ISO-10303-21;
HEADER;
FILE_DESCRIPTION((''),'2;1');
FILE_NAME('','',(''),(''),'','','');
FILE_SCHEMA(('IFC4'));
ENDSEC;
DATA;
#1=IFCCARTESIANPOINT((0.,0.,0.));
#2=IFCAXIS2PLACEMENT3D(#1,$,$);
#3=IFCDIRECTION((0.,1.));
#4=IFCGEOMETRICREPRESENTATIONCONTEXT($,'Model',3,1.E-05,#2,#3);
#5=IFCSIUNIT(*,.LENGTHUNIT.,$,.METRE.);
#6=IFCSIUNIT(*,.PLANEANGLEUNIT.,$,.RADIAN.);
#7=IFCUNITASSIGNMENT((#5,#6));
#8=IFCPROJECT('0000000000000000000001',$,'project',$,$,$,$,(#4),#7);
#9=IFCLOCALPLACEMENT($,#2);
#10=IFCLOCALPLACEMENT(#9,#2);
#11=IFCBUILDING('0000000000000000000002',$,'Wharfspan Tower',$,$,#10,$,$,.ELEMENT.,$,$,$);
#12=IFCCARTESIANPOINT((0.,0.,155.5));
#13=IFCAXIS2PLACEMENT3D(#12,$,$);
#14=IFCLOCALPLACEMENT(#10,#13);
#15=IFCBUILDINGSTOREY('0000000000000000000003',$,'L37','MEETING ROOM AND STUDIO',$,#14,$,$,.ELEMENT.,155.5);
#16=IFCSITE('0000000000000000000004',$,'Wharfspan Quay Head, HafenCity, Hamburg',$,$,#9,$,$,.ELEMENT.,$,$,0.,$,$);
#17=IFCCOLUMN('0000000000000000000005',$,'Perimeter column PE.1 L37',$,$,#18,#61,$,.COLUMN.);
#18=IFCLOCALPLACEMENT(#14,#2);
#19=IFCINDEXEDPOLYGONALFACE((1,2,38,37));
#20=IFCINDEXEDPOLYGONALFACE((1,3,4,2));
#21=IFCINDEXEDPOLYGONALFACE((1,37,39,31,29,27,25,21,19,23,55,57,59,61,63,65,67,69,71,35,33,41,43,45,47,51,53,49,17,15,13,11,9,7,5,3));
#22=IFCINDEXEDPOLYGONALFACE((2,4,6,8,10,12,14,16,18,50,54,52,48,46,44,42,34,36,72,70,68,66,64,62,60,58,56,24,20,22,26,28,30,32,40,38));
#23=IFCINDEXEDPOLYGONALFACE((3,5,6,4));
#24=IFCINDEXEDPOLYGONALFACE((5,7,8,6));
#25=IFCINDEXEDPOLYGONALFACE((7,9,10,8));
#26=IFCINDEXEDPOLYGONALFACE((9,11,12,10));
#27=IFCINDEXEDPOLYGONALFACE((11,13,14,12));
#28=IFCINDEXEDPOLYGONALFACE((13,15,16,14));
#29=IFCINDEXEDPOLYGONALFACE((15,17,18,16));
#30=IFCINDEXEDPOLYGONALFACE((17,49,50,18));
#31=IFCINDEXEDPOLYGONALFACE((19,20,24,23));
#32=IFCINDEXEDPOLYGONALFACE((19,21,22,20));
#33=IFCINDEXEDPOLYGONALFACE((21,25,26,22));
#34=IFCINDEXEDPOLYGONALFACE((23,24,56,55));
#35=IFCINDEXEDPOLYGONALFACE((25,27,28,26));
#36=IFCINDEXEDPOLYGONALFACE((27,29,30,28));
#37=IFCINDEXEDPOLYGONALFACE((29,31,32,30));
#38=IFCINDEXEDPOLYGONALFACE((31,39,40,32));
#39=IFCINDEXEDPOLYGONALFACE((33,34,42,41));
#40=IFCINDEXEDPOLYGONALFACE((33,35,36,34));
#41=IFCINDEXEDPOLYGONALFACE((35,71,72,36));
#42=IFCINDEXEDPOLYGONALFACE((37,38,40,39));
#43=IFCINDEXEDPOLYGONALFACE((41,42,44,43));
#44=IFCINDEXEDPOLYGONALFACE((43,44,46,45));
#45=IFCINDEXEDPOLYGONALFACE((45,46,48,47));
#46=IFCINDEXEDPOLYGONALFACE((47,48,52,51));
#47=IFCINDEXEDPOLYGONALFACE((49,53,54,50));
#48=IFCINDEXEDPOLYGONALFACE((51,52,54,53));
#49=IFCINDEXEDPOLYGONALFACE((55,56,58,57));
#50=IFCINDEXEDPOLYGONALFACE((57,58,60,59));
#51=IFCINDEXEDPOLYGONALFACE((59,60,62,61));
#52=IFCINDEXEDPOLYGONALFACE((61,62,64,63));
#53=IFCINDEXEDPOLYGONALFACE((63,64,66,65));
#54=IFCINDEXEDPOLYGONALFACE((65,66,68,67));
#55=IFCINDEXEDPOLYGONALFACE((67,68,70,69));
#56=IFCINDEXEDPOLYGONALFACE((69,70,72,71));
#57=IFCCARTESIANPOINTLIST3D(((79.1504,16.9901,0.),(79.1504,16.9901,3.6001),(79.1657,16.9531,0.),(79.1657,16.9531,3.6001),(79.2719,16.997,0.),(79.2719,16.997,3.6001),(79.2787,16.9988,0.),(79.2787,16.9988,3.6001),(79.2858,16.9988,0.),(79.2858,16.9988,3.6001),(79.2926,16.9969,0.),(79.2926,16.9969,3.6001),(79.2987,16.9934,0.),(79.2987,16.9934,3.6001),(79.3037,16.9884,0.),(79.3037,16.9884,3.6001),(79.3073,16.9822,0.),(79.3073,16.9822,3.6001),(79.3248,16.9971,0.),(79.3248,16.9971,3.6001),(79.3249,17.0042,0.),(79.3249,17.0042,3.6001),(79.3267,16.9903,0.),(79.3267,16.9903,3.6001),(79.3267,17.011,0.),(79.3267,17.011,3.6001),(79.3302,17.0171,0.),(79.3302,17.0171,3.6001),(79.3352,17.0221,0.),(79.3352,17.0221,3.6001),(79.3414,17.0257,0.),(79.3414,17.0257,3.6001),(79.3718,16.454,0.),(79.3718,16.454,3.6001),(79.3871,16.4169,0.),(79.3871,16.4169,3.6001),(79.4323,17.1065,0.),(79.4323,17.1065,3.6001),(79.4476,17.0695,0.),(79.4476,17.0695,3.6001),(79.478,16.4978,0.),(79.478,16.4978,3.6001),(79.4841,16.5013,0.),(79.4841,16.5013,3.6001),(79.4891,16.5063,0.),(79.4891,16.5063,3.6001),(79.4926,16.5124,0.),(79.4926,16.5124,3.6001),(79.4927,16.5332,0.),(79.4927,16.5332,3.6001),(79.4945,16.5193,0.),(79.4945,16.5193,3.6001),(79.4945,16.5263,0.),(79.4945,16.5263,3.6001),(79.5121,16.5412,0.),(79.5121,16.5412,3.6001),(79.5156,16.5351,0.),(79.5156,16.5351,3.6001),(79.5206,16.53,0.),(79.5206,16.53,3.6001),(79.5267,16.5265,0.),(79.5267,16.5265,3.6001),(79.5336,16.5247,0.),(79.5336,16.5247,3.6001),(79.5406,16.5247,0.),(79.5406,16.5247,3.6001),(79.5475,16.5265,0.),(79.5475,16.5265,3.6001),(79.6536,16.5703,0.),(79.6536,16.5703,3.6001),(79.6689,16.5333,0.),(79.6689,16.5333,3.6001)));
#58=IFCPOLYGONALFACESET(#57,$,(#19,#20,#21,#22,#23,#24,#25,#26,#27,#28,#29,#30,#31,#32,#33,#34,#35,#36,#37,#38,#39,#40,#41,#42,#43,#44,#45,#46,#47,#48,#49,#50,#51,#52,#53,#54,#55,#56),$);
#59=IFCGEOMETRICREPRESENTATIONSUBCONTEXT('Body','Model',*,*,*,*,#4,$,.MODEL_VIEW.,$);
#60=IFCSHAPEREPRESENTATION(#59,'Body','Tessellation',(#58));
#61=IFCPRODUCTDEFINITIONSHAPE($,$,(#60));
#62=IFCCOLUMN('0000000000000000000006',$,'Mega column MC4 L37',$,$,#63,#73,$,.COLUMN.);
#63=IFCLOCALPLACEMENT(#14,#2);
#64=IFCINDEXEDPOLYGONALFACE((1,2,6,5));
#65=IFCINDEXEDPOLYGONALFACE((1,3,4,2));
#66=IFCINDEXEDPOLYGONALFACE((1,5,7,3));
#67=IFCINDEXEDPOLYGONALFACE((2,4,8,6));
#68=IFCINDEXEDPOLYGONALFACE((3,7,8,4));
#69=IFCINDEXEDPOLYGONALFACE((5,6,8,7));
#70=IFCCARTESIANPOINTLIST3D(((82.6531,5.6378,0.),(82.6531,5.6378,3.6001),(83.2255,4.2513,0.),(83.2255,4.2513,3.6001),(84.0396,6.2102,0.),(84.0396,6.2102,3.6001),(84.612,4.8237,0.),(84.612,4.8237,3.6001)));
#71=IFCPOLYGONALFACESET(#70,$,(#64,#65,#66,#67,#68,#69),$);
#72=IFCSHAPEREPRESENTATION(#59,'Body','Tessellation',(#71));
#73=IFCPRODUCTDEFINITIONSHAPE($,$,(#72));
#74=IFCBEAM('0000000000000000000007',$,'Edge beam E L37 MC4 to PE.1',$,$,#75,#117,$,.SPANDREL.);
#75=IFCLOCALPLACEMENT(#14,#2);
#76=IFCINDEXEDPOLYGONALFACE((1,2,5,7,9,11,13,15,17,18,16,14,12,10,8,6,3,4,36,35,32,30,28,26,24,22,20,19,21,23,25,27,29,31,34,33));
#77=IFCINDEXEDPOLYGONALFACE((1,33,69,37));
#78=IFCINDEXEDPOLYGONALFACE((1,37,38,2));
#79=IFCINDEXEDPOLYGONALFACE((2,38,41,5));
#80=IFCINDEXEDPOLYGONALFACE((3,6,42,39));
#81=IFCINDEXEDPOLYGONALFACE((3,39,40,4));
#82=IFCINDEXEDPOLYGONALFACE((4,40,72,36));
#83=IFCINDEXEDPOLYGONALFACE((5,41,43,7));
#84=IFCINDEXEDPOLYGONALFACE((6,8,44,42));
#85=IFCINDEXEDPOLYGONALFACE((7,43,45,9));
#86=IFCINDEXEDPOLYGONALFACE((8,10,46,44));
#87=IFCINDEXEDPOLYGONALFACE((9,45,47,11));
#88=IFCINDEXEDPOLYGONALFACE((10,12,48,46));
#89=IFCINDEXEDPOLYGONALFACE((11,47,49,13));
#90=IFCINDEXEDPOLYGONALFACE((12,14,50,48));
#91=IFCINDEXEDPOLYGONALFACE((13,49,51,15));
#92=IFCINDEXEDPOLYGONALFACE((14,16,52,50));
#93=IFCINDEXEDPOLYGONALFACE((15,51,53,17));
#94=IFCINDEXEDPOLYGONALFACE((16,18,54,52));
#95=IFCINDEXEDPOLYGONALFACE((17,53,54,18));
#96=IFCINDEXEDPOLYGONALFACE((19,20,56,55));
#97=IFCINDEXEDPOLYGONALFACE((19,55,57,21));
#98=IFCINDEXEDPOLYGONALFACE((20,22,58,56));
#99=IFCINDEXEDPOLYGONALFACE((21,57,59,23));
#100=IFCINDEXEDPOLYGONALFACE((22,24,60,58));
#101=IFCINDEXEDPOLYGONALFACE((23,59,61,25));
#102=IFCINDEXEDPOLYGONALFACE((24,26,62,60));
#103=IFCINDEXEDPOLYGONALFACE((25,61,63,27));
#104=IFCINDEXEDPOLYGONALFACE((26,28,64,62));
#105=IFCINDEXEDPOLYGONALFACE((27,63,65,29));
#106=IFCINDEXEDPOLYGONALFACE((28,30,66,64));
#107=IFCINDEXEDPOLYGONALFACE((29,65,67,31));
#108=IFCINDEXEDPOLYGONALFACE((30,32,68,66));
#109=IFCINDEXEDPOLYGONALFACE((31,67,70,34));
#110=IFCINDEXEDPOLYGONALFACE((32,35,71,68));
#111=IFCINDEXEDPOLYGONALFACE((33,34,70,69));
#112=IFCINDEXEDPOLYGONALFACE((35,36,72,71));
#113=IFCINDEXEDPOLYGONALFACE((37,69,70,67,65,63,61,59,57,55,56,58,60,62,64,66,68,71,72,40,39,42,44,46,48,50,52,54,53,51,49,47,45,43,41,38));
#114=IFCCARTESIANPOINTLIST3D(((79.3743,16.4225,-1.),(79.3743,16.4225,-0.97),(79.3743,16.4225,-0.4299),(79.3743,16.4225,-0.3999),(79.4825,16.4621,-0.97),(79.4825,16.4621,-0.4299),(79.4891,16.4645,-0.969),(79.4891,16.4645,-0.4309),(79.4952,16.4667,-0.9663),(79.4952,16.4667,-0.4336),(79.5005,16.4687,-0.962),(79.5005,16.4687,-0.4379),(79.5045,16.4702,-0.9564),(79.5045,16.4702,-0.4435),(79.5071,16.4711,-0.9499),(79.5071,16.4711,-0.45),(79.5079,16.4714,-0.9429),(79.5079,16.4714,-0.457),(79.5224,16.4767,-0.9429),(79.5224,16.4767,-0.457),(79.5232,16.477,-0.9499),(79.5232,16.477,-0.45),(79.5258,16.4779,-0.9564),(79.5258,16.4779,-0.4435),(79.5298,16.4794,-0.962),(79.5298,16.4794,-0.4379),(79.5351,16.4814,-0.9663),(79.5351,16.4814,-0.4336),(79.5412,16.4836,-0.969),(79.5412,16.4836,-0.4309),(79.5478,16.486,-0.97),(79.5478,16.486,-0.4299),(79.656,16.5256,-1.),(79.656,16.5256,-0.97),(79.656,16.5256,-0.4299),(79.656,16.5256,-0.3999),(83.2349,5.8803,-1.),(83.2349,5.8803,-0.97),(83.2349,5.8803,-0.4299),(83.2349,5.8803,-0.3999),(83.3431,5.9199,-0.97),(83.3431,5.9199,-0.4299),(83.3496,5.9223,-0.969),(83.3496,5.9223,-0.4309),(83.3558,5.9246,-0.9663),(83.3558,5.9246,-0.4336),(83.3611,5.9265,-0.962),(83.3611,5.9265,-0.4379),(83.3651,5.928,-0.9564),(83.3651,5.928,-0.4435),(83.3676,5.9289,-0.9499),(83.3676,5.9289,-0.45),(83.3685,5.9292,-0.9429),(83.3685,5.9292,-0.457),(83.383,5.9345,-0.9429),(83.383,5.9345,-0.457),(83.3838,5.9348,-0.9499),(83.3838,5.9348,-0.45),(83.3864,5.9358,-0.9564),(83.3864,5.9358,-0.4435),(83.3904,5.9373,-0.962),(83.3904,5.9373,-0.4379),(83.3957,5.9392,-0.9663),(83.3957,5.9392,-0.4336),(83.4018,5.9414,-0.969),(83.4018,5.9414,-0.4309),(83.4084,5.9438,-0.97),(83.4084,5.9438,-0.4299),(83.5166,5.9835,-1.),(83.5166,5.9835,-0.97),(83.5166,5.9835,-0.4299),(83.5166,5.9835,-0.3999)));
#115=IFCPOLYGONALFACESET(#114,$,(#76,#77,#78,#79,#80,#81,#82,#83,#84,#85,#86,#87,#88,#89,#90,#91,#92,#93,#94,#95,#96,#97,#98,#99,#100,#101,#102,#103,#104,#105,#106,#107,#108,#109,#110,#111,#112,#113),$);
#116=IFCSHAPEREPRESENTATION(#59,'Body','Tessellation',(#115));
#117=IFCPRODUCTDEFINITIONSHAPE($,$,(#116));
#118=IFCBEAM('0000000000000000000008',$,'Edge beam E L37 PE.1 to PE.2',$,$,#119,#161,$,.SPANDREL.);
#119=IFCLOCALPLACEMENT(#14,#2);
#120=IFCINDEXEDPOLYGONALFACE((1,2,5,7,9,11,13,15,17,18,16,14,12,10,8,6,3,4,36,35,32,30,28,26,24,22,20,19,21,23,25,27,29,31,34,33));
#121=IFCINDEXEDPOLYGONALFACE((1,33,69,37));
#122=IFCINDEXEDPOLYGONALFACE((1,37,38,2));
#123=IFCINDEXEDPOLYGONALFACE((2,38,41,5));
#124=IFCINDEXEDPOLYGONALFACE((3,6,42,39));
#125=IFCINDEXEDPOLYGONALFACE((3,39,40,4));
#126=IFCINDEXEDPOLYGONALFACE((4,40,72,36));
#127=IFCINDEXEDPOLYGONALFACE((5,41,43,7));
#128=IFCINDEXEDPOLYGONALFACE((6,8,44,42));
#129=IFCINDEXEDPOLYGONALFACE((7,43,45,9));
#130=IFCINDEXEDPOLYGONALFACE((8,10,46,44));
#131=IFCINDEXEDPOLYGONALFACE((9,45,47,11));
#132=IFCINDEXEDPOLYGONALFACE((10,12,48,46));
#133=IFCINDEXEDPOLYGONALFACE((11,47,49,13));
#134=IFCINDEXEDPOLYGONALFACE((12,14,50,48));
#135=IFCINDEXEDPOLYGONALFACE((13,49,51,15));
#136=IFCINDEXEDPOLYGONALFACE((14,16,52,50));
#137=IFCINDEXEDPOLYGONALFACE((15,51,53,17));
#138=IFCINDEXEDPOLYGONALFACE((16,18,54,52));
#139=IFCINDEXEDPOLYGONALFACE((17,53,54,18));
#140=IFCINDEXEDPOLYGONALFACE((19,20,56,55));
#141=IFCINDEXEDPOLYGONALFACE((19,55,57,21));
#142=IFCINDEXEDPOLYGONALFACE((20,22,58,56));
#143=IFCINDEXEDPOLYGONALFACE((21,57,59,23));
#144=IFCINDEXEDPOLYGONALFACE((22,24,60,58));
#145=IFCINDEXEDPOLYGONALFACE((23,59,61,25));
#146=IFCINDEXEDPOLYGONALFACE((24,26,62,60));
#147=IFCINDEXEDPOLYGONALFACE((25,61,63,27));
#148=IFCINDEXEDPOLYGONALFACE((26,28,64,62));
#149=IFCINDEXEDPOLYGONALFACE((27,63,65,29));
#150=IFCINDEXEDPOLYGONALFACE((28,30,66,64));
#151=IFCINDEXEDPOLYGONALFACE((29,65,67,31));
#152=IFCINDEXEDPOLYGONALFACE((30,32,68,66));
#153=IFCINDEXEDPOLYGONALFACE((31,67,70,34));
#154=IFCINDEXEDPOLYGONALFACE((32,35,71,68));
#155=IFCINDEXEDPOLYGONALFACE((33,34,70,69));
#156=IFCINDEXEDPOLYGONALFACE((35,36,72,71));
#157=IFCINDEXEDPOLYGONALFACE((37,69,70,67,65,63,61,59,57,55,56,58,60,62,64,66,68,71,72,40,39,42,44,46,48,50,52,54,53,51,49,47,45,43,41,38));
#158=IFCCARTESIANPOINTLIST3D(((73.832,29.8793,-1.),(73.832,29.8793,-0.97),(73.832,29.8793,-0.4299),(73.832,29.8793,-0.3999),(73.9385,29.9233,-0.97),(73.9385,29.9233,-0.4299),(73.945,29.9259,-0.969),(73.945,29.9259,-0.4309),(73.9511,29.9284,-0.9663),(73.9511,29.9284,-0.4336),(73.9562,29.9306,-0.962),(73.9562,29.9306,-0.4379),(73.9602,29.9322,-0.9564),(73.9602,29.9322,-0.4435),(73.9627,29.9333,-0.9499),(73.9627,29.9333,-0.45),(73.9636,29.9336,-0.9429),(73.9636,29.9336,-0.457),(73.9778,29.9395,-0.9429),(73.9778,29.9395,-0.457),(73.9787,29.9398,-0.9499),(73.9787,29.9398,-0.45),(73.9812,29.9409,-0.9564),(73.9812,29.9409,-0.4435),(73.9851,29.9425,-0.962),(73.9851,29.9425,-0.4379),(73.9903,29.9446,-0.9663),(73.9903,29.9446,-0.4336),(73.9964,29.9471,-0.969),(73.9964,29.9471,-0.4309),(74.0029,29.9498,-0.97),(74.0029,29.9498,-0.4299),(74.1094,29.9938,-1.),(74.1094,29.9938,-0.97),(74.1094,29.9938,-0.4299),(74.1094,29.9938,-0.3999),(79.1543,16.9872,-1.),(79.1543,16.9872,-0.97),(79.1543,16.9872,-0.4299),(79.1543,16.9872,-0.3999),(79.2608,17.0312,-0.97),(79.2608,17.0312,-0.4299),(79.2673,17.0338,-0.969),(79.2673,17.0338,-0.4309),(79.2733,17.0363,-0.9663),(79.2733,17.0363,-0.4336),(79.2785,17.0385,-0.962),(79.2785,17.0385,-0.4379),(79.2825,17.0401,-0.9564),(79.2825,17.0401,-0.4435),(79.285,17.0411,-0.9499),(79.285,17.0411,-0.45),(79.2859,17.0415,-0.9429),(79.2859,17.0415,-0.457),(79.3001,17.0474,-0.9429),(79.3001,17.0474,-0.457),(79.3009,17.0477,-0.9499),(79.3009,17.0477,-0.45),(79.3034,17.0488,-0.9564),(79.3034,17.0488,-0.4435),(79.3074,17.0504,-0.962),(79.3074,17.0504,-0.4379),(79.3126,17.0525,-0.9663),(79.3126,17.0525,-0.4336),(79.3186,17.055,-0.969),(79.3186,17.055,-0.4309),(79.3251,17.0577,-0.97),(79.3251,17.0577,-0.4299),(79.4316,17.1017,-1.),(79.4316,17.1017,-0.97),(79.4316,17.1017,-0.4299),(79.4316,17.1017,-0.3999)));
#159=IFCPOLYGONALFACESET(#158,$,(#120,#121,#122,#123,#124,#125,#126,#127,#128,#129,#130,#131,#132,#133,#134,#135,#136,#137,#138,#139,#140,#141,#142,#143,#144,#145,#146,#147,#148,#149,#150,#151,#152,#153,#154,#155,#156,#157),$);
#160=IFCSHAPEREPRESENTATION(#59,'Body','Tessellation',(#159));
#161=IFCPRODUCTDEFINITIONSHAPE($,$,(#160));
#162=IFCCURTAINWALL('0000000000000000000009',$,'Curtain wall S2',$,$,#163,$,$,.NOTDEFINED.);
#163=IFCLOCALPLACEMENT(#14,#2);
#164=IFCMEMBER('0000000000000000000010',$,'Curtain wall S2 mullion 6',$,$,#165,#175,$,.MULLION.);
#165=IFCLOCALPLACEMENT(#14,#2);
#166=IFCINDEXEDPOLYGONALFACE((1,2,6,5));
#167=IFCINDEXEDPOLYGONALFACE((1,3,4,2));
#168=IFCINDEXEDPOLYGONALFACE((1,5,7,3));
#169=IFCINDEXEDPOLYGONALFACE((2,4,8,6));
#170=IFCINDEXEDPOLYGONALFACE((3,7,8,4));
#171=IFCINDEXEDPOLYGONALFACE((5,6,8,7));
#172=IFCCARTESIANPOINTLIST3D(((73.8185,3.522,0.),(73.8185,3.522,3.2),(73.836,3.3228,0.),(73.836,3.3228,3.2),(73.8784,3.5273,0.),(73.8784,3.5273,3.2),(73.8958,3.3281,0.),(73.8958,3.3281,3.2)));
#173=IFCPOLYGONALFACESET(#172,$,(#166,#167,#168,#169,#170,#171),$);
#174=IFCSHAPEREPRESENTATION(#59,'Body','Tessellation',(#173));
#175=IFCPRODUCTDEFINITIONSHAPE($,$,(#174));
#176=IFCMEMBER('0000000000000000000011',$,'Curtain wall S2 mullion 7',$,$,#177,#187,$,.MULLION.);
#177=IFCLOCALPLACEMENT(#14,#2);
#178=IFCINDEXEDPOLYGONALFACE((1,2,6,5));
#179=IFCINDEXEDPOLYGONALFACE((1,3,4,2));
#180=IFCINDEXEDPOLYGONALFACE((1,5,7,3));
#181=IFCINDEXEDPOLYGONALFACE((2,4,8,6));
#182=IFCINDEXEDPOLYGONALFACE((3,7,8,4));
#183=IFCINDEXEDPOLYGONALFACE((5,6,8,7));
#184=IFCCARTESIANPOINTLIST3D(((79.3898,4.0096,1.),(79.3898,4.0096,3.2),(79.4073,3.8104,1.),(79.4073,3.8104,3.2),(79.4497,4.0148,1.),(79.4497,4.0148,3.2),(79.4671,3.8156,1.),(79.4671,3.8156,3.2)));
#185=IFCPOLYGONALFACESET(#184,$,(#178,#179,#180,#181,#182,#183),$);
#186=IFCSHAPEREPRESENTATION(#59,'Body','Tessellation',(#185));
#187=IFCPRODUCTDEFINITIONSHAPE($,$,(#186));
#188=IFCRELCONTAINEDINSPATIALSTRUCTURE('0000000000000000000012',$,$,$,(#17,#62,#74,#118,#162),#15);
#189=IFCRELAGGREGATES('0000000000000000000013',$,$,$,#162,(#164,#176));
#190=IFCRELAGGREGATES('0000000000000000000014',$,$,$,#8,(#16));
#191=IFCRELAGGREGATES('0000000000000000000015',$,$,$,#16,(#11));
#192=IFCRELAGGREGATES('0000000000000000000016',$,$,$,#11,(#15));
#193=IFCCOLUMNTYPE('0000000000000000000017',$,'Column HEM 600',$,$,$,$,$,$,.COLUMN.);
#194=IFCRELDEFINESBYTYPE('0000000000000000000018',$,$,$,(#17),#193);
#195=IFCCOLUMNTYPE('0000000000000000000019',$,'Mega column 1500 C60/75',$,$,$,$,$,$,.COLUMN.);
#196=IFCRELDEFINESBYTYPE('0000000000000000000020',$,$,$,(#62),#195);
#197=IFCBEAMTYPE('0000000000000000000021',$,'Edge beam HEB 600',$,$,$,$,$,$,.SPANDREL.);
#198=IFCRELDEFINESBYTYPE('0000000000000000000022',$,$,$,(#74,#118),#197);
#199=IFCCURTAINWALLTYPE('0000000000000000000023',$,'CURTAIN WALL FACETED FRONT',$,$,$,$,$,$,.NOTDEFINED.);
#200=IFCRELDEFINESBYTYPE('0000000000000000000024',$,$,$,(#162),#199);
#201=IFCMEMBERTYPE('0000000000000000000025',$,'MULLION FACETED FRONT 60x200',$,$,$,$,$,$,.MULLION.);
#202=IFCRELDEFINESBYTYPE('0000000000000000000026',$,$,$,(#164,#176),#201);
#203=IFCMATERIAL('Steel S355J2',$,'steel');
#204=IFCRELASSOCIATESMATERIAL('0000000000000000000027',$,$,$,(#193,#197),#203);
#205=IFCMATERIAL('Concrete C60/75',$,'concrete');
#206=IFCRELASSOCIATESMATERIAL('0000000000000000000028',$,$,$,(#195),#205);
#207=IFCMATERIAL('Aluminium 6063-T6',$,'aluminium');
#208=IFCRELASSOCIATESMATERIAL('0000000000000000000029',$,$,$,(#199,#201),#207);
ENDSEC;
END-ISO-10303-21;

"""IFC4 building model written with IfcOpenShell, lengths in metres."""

from ifc_helpers import new_model, si_unit, direction, frame, origin, origin_2d, place, context, subcontext, project, spatial, rectangle, i_section, extrude, material, material_profile, profile_set, type_object, element, aggregate, save


model = new_model("IFC4")

# Units and contexts
model_context = context("Model", 3, precision=1e-05, world=origin(), true_north=direction((0.0, 1.0)))
body_context = subcontext(model_context, "Body", "Model", "MODEL_VIEW")
ifc_project = project(units=[si_unit("LENGTHUNIT", "METRE"), si_unit("PLANEANGLEUNIT", "RADIAN")], contexts=[model_context])

# Site, building, storey
site_placement = place(None, origin())
site = spatial("IfcSite", under=ifc_project, at=site_placement, Name="Wharfspan Quay Head, HafenCity, Hamburg", CompositionType="ELEMENT", RefElevation=0.0)
building_placement = place(site_placement, origin())
building = spatial("IfcBuilding", under=site, at=building_placement, Name="Wharfspan Tower", CompositionType="ELEMENT")
storey_placement = place(building_placement, frame((0.0, 0.0, 155.5)))
storey = spatial("IfcBuildingStorey", under=building, at=storey_placement, Name="L37", Description="MEETING ROOM AND STUDIO", CompositionType="ELEMENT", Elevation=155.5)

# Columns
ifc_material_1 = material(Name="Steel S355J2", Category="steel")
ifc_material_profile_1 = material_profile(ifc_material_1, i_section(OverallWidth=0.3049, OverallDepth=0.6201, WebThickness=0.021, FlangeThickness=0.04, FilletRadius=0.0271, at=origin_2d()))
ifc_profile_set_1 = profile_set([ifc_material_profile_1], Name="Steel S355J2")
column_type_1 = type_object("IfcColumnType", Name="Column HEM 600", PredefinedType="COLUMN", material=ifc_profile_set_1)
column_1_placement = place(storey_placement, frame((79.4097, 16.7617, 0.0), z_axis=(0.0, 0.0, 1.0), x_axis=(0.924325, 0.381602, 0.0)))
element("IfcColumn", 1, at=column_1_placement, inside=storey, type_object=column_type_1, Name="Perimeter column PE.1 L37", PredefinedType="COLUMN", context=body_context, shape_type="SweptSolid", body=[
    extrude(i_section(OverallWidth=0.3049, OverallDepth=0.6201, WebThickness=0.021, FlangeThickness=0.04, FilletRadius=0.0271, at=origin_2d()), origin(), (0.0, 0.0, 1.0), 3.6001),
])
ifc_material_2 = material(Name="Concrete C60/75", Category="concrete")
ifc_material_profile_2 = material_profile(ifc_material_2, rectangle(XDim=1.5, YDim=1.5, at=origin_2d()))
ifc_profile_set_2 = profile_set([ifc_material_profile_2], Name="Concrete C60/75")
column_type_2 = type_object("IfcColumnType", Name="Mega column 1500 C60/75", PredefinedType="COLUMN", material=ifc_profile_set_2)
column_2_placement = place(storey_placement, frame((83.6326, 5.2307, 0.0), z_axis=(0.0, 0.0, 1.0), x_axis=(-0.381602, 0.924325, 0.0)))
element("IfcColumn", 2, at=column_2_placement, inside=storey, type_object=column_type_2, Name="Mega column MC4 L37", PredefinedType="COLUMN", context=body_context, shape_type="SweptSolid", body=[
    extrude(rectangle(XDim=1.5, YDim=1.5, at=origin_2d()), origin(), (0.0, 0.0, 1.0), 3.6001),
])

# Beams
ifc_material_profile_3 = material_profile(ifc_material_1, i_section(OverallWidth=0.3, OverallDepth=0.6001, WebThickness=0.0154, FlangeThickness=0.03, FilletRadius=0.0271, at=origin_2d()))
ifc_profile_set_3 = profile_set([ifc_material_profile_3], Name="Steel S355J2")
beam_type = type_object("IfcBeamType", Name="Edge beam HEB 600", PredefinedType="SPANDREL", material=ifc_profile_set_3)
beam_1_placement = place(storey_placement, frame((83.3757, 5.9319, -0.7), z_axis=(-0.343871, 0.939017, 0.0), x_axis=(-0.939017, -0.343871, 0.0)))
element("IfcBeam", 3, at=beam_1_placement, inside=storey, type_object=beam_type, Name="Edge beam E L37 MC4 to PE.1", PredefinedType="SPANDREL", context=body_context, shape_type="SweptSolid", body=[
    extrude(i_section(OverallWidth=0.3, OverallDepth=0.6001, WebThickness=0.0154, FlangeThickness=0.03, FilletRadius=0.0271, at=origin_2d()), origin(), (0.0, 0.0, 1.0), 11.2268),
])
beam_2_placement = place(storey_placement, frame((79.293, 17.0444, -0.7), z_axis=(-0.381593, 0.92433, 0.0), x_axis=(-0.92433, -0.381593, 0.0)))
element("IfcBeam", 4, at=beam_2_placement, inside=storey, type_object=beam_type, Name="Edge beam E L37 PE.1 to PE.2", PredefinedType="SPANDREL", context=body_context, shape_type="SweptSolid", body=[
    extrude(i_section(OverallWidth=0.3, OverallDepth=0.6001, WebThickness=0.0154, FlangeThickness=0.03, FilletRadius=0.0271, at=origin_2d()), origin(), (0.0, 0.0, 1.0), 13.9475),
])

# Curtain wall, members
ifc_material_3 = material(Name="Aluminium 6063-T6", Category="aluminium")
curtain_wall_type_1 = type_object("IfcCurtainWallType", Name="CURTAIN WALL FACETED FRONT", PredefinedType="NOTDEFINED", material=ifc_material_3)
curtain_wall_1_placement = place(storey_placement, origin())
curtain_wall_1 = element("IfcCurtainWall", 5, at=curtain_wall_1_placement, inside=storey, type_object=curtain_wall_type_1, Name="Curtain wall S2", PredefinedType="NOTDEFINED")
ifc_material_profile_4 = material_profile(ifc_material_3, rectangle(XDim=0.2, YDim=0.0601, at=origin_2d()))
ifc_profile_set_4 = profile_set([ifc_material_profile_4], Name="Aluminium 6063-T6")
member_type_1 = type_object("IfcMemberType", Name="MULLION FACETED FRONT 60x200", PredefinedType="MULLION", material=ifc_profile_set_4)
member_1_placement = place(storey_placement, frame((73.8572, 3.425, 0.0), z_axis=(0.0, 0.0, 1.0), x_axis=(-0.087156, 0.996198, 0.0)))
member_1 = element("IfcMember", 6, at=member_1_placement, type_object=member_type_1, Name="Curtain wall S2 mullion 6", PredefinedType="MULLION", context=body_context, shape_type="SweptSolid", body=[
    extrude(rectangle(XDim=0.2, YDim=0.0601, at=origin_2d()), origin(), (0.0, 0.0, 1.0), 3.2),
])
member_2_placement = place(storey_placement, frame((79.4285, 3.9126, 1.0), z_axis=(0.0, 0.0, 1.0), x_axis=(-0.087156, 0.996198, 0.0)))
member_2 = element("IfcMember", 7, at=member_2_placement, type_object=member_type_1, Name="Curtain wall S2 mullion 7", PredefinedType="MULLION", context=body_context, shape_type="SweptSolid", body=[
    extrude(rectangle(XDim=0.2, YDim=0.0601, at=origin_2d()), origin(), (0.0, 0.0, 1.0), 2.2),
])

aggregate(curtain_wall_1, [member_1, member_2])

save(model, "model.ifc")
